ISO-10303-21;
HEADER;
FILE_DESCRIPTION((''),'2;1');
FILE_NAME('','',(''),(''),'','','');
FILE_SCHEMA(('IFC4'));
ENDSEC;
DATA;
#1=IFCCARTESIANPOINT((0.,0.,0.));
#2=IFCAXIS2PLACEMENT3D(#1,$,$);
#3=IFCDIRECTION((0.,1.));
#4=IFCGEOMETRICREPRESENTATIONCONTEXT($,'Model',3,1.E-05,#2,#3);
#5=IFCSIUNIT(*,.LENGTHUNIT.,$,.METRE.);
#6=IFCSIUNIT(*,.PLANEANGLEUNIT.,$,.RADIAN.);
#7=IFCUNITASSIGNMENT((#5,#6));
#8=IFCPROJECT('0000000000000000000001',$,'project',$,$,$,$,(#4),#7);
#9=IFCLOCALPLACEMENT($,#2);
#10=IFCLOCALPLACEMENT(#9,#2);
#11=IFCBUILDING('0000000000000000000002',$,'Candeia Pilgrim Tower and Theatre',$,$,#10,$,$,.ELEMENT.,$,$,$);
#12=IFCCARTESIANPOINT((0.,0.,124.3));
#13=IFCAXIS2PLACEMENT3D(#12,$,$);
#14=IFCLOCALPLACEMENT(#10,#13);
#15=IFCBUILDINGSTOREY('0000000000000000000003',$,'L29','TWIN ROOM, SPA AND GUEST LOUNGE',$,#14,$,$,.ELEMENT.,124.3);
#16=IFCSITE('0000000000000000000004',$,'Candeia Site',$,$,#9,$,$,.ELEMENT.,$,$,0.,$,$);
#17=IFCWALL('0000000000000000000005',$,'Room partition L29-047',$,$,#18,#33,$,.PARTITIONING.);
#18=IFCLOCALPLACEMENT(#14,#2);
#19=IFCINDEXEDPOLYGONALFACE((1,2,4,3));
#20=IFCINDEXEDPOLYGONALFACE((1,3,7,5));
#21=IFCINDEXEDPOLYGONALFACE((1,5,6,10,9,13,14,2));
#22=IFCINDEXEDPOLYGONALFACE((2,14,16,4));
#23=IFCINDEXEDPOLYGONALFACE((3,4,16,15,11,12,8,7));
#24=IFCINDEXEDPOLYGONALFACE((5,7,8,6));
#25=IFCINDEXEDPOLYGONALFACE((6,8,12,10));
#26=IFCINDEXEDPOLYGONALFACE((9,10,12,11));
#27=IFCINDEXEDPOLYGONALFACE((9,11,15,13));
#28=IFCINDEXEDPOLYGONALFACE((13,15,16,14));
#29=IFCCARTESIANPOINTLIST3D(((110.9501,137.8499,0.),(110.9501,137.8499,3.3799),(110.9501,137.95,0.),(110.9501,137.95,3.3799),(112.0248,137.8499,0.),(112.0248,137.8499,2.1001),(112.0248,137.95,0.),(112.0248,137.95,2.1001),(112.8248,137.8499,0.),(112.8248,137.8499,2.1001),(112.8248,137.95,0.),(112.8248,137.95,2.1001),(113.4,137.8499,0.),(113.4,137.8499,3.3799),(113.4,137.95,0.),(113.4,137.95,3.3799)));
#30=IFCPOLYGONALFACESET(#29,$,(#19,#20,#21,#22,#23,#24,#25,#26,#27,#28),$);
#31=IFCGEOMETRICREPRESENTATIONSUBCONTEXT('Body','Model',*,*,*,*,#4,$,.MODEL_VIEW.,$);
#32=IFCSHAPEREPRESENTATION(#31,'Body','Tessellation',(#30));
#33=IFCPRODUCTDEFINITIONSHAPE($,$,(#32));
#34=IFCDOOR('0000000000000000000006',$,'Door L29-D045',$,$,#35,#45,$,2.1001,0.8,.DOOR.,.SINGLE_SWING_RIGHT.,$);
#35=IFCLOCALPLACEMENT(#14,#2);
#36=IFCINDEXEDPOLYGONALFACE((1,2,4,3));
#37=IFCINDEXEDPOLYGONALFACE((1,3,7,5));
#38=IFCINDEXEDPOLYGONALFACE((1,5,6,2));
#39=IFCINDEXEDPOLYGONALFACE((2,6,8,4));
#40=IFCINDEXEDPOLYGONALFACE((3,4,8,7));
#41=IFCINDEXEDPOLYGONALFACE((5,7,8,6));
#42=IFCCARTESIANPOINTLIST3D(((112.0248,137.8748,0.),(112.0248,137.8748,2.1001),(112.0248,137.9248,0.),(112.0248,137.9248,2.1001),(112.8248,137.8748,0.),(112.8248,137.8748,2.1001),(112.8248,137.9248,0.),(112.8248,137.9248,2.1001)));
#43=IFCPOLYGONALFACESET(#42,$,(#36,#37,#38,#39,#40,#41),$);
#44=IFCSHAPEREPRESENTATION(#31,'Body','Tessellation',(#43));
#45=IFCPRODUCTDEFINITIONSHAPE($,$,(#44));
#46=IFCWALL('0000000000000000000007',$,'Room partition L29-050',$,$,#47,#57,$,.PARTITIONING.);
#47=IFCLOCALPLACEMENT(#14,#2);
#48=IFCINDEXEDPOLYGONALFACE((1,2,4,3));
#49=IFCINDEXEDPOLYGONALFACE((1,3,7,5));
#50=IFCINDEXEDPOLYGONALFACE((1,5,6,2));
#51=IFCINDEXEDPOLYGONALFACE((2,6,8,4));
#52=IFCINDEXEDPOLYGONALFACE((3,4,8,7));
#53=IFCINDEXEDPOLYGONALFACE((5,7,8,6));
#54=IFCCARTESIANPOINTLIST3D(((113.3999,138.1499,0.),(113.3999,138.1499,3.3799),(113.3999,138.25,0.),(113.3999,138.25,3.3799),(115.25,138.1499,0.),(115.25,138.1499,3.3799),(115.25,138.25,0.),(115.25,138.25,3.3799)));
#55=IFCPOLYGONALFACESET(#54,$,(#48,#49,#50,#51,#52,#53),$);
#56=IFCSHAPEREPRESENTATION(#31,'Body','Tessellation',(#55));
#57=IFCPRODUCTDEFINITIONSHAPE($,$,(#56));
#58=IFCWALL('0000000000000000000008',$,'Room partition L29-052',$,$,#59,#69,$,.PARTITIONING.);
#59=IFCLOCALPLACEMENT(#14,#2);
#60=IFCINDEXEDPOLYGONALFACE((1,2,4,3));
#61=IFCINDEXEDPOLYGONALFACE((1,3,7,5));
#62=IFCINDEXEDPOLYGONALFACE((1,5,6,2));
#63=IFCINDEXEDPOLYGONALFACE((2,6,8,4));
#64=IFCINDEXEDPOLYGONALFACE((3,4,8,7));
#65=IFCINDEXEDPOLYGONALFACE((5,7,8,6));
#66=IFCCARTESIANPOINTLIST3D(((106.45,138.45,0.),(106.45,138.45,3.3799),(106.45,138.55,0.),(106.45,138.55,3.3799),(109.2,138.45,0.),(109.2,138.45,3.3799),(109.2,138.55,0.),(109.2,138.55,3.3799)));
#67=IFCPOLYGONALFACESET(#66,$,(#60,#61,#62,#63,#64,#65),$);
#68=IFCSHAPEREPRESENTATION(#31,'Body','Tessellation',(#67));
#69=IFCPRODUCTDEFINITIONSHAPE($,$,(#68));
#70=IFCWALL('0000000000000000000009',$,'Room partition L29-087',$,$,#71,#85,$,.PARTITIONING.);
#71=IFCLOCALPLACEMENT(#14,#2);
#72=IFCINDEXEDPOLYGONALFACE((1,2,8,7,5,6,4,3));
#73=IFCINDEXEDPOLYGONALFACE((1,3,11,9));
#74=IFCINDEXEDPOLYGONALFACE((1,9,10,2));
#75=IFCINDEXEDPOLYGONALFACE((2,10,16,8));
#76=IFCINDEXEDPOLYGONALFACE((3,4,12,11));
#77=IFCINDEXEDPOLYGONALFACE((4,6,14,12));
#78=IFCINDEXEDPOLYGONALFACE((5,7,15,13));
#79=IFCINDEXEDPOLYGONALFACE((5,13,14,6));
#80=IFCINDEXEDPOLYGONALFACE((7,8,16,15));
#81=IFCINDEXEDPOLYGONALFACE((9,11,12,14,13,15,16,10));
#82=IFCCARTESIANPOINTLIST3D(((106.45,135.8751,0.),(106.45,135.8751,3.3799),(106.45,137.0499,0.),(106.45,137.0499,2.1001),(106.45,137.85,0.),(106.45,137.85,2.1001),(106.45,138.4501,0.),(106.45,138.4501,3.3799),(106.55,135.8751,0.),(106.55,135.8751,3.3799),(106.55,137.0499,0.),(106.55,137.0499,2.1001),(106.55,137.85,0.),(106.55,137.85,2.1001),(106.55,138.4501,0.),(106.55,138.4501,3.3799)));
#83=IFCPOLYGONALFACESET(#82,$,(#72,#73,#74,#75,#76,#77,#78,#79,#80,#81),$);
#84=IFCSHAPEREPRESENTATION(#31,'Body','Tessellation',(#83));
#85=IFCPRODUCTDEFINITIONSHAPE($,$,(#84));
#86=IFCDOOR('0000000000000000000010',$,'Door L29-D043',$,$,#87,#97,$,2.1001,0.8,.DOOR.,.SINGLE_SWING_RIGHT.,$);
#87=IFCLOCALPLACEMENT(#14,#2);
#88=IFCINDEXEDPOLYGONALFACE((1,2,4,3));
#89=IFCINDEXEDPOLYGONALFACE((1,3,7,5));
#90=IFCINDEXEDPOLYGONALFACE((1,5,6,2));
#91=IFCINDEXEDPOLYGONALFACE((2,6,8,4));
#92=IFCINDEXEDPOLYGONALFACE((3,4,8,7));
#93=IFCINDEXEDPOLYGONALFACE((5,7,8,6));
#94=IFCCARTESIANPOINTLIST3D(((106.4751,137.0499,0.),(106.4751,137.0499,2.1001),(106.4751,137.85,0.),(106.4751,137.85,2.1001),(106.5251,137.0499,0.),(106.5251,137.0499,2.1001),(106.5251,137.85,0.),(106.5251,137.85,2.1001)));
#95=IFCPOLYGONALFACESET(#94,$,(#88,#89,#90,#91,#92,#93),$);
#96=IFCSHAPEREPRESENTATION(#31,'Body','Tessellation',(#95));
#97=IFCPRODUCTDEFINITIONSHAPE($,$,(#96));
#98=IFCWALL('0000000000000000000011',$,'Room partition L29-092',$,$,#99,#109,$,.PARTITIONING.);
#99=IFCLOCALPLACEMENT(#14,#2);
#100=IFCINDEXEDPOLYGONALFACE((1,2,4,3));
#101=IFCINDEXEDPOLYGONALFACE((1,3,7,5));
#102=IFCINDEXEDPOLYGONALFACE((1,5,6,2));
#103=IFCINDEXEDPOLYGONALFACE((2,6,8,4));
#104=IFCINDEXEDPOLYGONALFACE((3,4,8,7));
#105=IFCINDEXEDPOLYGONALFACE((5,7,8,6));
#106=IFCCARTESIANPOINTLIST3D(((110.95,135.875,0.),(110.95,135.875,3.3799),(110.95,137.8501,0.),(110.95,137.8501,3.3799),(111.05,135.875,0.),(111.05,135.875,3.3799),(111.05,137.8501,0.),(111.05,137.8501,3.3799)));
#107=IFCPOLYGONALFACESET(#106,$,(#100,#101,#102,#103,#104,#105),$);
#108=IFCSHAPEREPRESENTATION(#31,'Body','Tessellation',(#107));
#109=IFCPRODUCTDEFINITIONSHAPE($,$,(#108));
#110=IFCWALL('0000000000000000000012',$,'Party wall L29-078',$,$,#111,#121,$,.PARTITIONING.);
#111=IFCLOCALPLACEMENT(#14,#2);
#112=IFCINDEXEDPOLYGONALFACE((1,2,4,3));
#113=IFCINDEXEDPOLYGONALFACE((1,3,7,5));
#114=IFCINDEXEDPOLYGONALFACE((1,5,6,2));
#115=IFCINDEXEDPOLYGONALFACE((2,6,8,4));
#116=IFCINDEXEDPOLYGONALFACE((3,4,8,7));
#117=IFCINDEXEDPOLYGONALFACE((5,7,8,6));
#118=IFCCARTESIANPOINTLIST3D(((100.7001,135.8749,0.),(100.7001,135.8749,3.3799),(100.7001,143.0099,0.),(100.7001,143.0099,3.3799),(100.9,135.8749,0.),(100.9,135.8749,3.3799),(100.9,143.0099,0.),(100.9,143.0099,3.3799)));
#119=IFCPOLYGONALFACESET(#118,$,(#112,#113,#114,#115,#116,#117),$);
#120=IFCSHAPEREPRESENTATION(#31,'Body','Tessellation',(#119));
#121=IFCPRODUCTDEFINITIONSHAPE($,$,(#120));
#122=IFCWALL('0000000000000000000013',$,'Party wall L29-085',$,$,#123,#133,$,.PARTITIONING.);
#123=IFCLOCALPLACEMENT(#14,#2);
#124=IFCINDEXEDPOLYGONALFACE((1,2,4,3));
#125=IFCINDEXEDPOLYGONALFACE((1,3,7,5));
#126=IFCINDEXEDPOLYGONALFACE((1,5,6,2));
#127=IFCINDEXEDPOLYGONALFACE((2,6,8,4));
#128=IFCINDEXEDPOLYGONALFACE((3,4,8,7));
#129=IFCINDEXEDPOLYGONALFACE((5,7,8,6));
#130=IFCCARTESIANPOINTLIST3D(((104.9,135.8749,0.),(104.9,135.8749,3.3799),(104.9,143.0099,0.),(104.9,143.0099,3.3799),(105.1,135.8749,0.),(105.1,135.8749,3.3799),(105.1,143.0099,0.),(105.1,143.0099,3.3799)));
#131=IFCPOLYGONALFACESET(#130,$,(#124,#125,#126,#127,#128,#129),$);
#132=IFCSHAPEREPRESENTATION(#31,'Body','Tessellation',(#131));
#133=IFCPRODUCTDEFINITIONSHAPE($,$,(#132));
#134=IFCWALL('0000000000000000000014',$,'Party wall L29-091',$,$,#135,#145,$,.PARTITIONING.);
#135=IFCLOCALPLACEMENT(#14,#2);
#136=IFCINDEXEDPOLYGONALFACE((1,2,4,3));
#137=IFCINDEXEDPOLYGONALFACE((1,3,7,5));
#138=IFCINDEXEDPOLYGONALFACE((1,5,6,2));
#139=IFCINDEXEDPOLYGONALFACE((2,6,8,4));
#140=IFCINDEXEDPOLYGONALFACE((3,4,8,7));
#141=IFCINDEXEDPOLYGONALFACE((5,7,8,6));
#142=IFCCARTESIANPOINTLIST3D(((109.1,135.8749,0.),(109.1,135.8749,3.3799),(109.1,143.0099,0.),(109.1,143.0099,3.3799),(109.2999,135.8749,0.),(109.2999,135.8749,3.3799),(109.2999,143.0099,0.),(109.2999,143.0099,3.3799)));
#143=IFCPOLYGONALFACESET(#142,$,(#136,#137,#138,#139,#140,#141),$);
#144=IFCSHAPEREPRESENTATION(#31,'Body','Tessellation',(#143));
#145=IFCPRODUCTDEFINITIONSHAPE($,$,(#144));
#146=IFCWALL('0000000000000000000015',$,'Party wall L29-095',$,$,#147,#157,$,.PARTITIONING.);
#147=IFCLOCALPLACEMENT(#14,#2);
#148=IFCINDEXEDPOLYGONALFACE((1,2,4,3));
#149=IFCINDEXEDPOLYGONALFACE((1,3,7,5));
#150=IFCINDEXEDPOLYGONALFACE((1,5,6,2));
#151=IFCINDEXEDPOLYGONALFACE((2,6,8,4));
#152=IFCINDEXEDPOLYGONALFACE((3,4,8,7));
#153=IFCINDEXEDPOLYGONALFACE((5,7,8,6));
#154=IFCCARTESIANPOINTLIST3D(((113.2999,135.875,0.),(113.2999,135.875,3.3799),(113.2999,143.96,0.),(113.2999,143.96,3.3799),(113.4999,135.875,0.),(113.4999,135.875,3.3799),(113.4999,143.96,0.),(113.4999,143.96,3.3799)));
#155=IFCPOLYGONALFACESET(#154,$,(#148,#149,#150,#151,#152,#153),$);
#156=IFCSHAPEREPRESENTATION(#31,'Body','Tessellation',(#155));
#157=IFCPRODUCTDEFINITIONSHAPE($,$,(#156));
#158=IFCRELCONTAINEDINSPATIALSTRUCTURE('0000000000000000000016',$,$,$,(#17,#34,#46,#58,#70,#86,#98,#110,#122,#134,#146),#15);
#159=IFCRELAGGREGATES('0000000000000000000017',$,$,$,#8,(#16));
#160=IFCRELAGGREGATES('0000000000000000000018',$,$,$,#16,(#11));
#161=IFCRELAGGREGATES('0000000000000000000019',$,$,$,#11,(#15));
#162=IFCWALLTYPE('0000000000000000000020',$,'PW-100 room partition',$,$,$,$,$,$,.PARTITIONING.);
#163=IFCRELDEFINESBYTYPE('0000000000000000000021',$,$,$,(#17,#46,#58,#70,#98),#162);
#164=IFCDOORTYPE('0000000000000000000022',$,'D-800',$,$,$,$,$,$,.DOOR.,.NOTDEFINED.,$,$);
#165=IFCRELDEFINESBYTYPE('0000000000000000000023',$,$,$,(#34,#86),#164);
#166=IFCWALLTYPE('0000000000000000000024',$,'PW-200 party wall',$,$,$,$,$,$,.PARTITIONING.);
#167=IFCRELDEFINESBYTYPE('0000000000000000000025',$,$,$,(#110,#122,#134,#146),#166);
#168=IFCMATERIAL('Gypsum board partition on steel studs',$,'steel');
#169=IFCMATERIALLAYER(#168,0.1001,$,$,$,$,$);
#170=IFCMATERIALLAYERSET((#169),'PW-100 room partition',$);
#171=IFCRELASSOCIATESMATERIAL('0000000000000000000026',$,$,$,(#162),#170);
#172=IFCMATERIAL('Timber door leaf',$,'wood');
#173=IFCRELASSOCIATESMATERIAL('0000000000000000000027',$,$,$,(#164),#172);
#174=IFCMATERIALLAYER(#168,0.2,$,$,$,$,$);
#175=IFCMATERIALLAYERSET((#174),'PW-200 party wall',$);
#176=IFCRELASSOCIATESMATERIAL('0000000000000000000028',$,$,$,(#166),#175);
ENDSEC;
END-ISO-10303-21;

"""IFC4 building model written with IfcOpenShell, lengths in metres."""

from ifc_helpers import new_model, si_unit, direction, frame, frame_2d, origin, place, context, subcontext, project, spatial, rectangle, extrude, material, layer, layer_set, type_object, element, fill, save


model = new_model("IFC4")

# Units and contexts
model_context = context("Model", 3, precision=1e-05, world=origin(), true_north=direction((0.0, 1.0)))
body_context = subcontext(model_context, "Body", "Model", "MODEL_VIEW")
ifc_project = project(units=[si_unit("LENGTHUNIT", "METRE"), si_unit("PLANEANGLEUNIT", "RADIAN")], contexts=[model_context])

# Site, building, storey
site_placement = place(None, origin())
site = spatial("IfcSite", under=ifc_project, at=site_placement, Name="Candeia Site", CompositionType="ELEMENT", RefElevation=0.0)
building_placement = place(site_placement, origin())
building = spatial("IfcBuilding", under=site, at=building_placement, Name="Candeia Pilgrim Tower and Theatre", CompositionType="ELEMENT")
storey_placement = place(building_placement, frame((0.0, 0.0, 124.3)))
storey = spatial("IfcBuildingStorey", under=building, at=storey_placement, Name="L29", Description="TWIN ROOM, SPA AND GUEST LOUNGE", CompositionType="ELEMENT", Elevation=124.3)

# Wall, opening, door
ifc_material_1 = material(Name="Gypsum board partition on steel studs", Category="steel")
ifc_layer_1 = layer(ifc_material_1, 0.1001)
ifc_layer_set_1 = layer_set([ifc_layer_1], Name="PW-100 room partition")
wall_type_1 = type_object("IfcWallType", Name="PW-100 room partition", PredefinedType="PARTITIONING", material=ifc_layer_set_1)
wall_1_placement = place(storey_placement, frame((110.95, 137.8999, 0.0), z_axis=(0.0, 0.0, 1.0), x_axis=(1.0, 0.0, 0.0)))
wall_1 = element("IfcWall", 1, at=wall_1_placement, inside=storey, type_object=wall_type_1, Name="Room partition L29-047", PredefinedType="PARTITIONING", context=body_context, shape_type="SweptSolid", body=[
    extrude(rectangle(XDim=2.45, YDim=0.1001, at=frame_2d((1.2251, 0.0))), origin(), (0.0, 0.0, 1.0), 3.3799),
])
opening_1_placement = place(wall_1_placement, frame((1.075, 0.0, 0.0)))
opening_1 = element("IfcOpeningElement", 2, at=opening_1_placement, cuts=wall_1, PredefinedType="OPENING", context=body_context, shape_type="SweptSolid", body=[
    extrude(rectangle(XDim=0.8, YDim=2.1001, at=frame_2d((0.3999, 1.05))), frame((0.0, 0.0601, 0.0), z_axis=(0.0, -1.0, 0.0), x_axis=(1.0, 0.0, 0.0)), (0.0, 0.0, 1.0), 0.1201),
])
ifc_material_2 = material(Name="Timber door leaf", Category="wood")
door_type_1 = type_object("IfcDoorType", Name="D-800", OperationType="NOTDEFINED", PredefinedType="DOOR", material=ifc_material_2)
door_1_placement = place(opening_1_placement, origin())
door_1 = element("IfcDoor", 3, at=door_1_placement, inside=storey, type_object=door_type_1, Name="Door L29-D045", OperationType="SINGLE_SWING_RIGHT", OverallHeight=2.1001, OverallWidth=0.8, PredefinedType="DOOR", context=body_context, shape_type="SweptSolid", body=[
    extrude(rectangle(XDim=0.8, YDim=2.1001, at=frame_2d((0.3999, 1.05))), frame((0.0, 0.0249, 0.0), z_axis=(0.0, -1.0, 0.0), x_axis=(1.0, 0.0, 0.0)), (0.0, 0.0, 1.0), 0.05),
])
fill(opening_1, door_1)

# Walls
wall_2_placement = place(storey_placement, frame((113.3999, 138.2, 0.0), z_axis=(0.0, 0.0, 1.0), x_axis=(1.0, 0.0, 0.0)))
element("IfcWall", 4, at=wall_2_placement, inside=storey, type_object=wall_type_1, Name="Room partition L29-050", PredefinedType="PARTITIONING", context=body_context, shape_type="SweptSolid", body=[
    extrude(rectangle(XDim=1.8501, YDim=0.1001, at=frame_2d((0.925, 0.0))), origin(), (0.0, 0.0, 1.0), 3.3799),
])
wall_3_placement = place(storey_placement, frame((106.45, 138.5, 0.0), z_axis=(0.0, 0.0, 1.0), x_axis=(1.0, 0.0, 0.0)))
element("IfcWall", 5, at=wall_3_placement, inside=storey, type_object=wall_type_1, Name="Room partition L29-052", PredefinedType="PARTITIONING", context=body_context, shape_type="SweptSolid", body=[
    extrude(rectangle(XDim=2.75, YDim=0.1001, at=frame_2d((1.375, 0.0))), origin(), (0.0, 0.0, 1.0), 3.3799),
])

# Wall, opening, door
wall_4_placement = place(storey_placement, frame((106.5, 135.875, 0.0), z_axis=(0.0, 0.0, 1.0), x_axis=(0.0, 1.0, 0.0)))
wall_4 = element("IfcWall", 6, at=wall_4_placement, inside=storey, type_object=wall_type_1, Name="Room partition L29-087", PredefinedType="PARTITIONING", context=body_context, shape_type="SweptSolid", body=[
    extrude(rectangle(XDim=2.575, YDim=0.1001, at=frame_2d((1.2876, 0.0))), origin(), (0.0, 0.0, 1.0), 3.3799),
])
opening_2_placement = place(wall_4_placement, frame((1.175, 0.0, 0.0)))
opening_2 = element("IfcOpeningElement", 7, at=opening_2_placement, cuts=wall_4, PredefinedType="OPENING", context=body_context, shape_type="SweptSolid", body=[
    extrude(rectangle(XDim=0.8, YDim=2.1001, at=frame_2d((0.3999, 1.05))), frame((0.0, 0.0601, 0.0), z_axis=(0.0, -1.0, 0.0), x_axis=(1.0, 0.0, 0.0)), (0.0, 0.0, 1.0), 0.1201),
])
door_2_placement = place(opening_2_placement, origin())
door_2 = element("IfcDoor", 8, at=door_2_placement, inside=storey, type_object=door_type_1, Name="Door L29-D043", OperationType="SINGLE_SWING_RIGHT", OverallHeight=2.1001, OverallWidth=0.8, PredefinedType="DOOR", context=body_context, shape_type="SweptSolid", body=[
    extrude(rectangle(XDim=0.8, YDim=2.1001, at=frame_2d((0.3999, 1.05))), frame((0.0, 0.0249, 0.0), z_axis=(0.0, -1.0, 0.0), x_axis=(1.0, 0.0, 0.0)), (0.0, 0.0, 1.0), 0.05),
])
fill(opening_2, door_2)

# Walls
wall_5_placement = place(storey_placement, frame((111.0, 135.875, 0.0), z_axis=(0.0, 0.0, 1.0), x_axis=(0.0, 1.0, 0.0)))
element("IfcWall", 9, at=wall_5_placement, inside=storey, type_object=wall_type_1, Name="Room partition L29-092", PredefinedType="PARTITIONING", context=body_context, shape_type="SweptSolid", body=[
    extrude(rectangle(XDim=1.9751, YDim=0.1001, at=frame_2d((0.9875, 0.0))), origin(), (0.0, 0.0, 1.0), 3.3799),
])
ifc_layer_2 = layer(ifc_material_1, 0.2)
ifc_layer_set_2 = layer_set([ifc_layer_2], Name="PW-200 party wall")
wall_type_2 = type_object("IfcWallType", Name="PW-200 party wall", PredefinedType="PARTITIONING", material=ifc_layer_set_2)
for number, where, z_axis, x_axis, name in (
    (10, (100.8, 135.875, 0.0), (0.0, 0.0, 1.0), (0.0, 1.0, 0.0), "Party wall L29-078"),
    (11, (105.0, 135.875, 0.0), (0.0, 0.0, 1.0), (0.0, 1.0, 0.0), "Party wall L29-085"),
    (12, (109.2, 135.875, 0.0), (0.0, 0.0, 1.0), (0.0, 1.0, 0.0), "Party wall L29-091"),
):
    element("IfcWall", number, at=place(storey_placement, frame(where, z_axis=z_axis, x_axis=x_axis)), inside=storey, type_object=wall_type_2, Name=name, PredefinedType="PARTITIONING", context=body_context, shape_type="SweptSolid", body=[
        extrude(rectangle(XDim=7.135, YDim=0.2, at=frame_2d((3.5674, 0.0))), origin(), (0.0, 0.0, 1.0), 3.3799),
    ])
wall_6_placement = place(storey_placement, frame((113.3999, 135.875, 0.0), z_axis=(0.0, 0.0, 1.0), x_axis=(0.0, 1.0, 0.0)))
element("IfcWall", 13, at=wall_6_placement, inside=storey, type_object=wall_type_2, Name="Party wall L29-095", PredefinedType="PARTITIONING", context=body_context, shape_type="SweptSolid", body=[
    extrude(rectangle(XDim=8.085, YDim=0.2, at=frame_2d((4.0425, 0.0))), origin(), (0.0, 0.0, 1.0), 3.3799),
])

save(model, "model.ifc")
